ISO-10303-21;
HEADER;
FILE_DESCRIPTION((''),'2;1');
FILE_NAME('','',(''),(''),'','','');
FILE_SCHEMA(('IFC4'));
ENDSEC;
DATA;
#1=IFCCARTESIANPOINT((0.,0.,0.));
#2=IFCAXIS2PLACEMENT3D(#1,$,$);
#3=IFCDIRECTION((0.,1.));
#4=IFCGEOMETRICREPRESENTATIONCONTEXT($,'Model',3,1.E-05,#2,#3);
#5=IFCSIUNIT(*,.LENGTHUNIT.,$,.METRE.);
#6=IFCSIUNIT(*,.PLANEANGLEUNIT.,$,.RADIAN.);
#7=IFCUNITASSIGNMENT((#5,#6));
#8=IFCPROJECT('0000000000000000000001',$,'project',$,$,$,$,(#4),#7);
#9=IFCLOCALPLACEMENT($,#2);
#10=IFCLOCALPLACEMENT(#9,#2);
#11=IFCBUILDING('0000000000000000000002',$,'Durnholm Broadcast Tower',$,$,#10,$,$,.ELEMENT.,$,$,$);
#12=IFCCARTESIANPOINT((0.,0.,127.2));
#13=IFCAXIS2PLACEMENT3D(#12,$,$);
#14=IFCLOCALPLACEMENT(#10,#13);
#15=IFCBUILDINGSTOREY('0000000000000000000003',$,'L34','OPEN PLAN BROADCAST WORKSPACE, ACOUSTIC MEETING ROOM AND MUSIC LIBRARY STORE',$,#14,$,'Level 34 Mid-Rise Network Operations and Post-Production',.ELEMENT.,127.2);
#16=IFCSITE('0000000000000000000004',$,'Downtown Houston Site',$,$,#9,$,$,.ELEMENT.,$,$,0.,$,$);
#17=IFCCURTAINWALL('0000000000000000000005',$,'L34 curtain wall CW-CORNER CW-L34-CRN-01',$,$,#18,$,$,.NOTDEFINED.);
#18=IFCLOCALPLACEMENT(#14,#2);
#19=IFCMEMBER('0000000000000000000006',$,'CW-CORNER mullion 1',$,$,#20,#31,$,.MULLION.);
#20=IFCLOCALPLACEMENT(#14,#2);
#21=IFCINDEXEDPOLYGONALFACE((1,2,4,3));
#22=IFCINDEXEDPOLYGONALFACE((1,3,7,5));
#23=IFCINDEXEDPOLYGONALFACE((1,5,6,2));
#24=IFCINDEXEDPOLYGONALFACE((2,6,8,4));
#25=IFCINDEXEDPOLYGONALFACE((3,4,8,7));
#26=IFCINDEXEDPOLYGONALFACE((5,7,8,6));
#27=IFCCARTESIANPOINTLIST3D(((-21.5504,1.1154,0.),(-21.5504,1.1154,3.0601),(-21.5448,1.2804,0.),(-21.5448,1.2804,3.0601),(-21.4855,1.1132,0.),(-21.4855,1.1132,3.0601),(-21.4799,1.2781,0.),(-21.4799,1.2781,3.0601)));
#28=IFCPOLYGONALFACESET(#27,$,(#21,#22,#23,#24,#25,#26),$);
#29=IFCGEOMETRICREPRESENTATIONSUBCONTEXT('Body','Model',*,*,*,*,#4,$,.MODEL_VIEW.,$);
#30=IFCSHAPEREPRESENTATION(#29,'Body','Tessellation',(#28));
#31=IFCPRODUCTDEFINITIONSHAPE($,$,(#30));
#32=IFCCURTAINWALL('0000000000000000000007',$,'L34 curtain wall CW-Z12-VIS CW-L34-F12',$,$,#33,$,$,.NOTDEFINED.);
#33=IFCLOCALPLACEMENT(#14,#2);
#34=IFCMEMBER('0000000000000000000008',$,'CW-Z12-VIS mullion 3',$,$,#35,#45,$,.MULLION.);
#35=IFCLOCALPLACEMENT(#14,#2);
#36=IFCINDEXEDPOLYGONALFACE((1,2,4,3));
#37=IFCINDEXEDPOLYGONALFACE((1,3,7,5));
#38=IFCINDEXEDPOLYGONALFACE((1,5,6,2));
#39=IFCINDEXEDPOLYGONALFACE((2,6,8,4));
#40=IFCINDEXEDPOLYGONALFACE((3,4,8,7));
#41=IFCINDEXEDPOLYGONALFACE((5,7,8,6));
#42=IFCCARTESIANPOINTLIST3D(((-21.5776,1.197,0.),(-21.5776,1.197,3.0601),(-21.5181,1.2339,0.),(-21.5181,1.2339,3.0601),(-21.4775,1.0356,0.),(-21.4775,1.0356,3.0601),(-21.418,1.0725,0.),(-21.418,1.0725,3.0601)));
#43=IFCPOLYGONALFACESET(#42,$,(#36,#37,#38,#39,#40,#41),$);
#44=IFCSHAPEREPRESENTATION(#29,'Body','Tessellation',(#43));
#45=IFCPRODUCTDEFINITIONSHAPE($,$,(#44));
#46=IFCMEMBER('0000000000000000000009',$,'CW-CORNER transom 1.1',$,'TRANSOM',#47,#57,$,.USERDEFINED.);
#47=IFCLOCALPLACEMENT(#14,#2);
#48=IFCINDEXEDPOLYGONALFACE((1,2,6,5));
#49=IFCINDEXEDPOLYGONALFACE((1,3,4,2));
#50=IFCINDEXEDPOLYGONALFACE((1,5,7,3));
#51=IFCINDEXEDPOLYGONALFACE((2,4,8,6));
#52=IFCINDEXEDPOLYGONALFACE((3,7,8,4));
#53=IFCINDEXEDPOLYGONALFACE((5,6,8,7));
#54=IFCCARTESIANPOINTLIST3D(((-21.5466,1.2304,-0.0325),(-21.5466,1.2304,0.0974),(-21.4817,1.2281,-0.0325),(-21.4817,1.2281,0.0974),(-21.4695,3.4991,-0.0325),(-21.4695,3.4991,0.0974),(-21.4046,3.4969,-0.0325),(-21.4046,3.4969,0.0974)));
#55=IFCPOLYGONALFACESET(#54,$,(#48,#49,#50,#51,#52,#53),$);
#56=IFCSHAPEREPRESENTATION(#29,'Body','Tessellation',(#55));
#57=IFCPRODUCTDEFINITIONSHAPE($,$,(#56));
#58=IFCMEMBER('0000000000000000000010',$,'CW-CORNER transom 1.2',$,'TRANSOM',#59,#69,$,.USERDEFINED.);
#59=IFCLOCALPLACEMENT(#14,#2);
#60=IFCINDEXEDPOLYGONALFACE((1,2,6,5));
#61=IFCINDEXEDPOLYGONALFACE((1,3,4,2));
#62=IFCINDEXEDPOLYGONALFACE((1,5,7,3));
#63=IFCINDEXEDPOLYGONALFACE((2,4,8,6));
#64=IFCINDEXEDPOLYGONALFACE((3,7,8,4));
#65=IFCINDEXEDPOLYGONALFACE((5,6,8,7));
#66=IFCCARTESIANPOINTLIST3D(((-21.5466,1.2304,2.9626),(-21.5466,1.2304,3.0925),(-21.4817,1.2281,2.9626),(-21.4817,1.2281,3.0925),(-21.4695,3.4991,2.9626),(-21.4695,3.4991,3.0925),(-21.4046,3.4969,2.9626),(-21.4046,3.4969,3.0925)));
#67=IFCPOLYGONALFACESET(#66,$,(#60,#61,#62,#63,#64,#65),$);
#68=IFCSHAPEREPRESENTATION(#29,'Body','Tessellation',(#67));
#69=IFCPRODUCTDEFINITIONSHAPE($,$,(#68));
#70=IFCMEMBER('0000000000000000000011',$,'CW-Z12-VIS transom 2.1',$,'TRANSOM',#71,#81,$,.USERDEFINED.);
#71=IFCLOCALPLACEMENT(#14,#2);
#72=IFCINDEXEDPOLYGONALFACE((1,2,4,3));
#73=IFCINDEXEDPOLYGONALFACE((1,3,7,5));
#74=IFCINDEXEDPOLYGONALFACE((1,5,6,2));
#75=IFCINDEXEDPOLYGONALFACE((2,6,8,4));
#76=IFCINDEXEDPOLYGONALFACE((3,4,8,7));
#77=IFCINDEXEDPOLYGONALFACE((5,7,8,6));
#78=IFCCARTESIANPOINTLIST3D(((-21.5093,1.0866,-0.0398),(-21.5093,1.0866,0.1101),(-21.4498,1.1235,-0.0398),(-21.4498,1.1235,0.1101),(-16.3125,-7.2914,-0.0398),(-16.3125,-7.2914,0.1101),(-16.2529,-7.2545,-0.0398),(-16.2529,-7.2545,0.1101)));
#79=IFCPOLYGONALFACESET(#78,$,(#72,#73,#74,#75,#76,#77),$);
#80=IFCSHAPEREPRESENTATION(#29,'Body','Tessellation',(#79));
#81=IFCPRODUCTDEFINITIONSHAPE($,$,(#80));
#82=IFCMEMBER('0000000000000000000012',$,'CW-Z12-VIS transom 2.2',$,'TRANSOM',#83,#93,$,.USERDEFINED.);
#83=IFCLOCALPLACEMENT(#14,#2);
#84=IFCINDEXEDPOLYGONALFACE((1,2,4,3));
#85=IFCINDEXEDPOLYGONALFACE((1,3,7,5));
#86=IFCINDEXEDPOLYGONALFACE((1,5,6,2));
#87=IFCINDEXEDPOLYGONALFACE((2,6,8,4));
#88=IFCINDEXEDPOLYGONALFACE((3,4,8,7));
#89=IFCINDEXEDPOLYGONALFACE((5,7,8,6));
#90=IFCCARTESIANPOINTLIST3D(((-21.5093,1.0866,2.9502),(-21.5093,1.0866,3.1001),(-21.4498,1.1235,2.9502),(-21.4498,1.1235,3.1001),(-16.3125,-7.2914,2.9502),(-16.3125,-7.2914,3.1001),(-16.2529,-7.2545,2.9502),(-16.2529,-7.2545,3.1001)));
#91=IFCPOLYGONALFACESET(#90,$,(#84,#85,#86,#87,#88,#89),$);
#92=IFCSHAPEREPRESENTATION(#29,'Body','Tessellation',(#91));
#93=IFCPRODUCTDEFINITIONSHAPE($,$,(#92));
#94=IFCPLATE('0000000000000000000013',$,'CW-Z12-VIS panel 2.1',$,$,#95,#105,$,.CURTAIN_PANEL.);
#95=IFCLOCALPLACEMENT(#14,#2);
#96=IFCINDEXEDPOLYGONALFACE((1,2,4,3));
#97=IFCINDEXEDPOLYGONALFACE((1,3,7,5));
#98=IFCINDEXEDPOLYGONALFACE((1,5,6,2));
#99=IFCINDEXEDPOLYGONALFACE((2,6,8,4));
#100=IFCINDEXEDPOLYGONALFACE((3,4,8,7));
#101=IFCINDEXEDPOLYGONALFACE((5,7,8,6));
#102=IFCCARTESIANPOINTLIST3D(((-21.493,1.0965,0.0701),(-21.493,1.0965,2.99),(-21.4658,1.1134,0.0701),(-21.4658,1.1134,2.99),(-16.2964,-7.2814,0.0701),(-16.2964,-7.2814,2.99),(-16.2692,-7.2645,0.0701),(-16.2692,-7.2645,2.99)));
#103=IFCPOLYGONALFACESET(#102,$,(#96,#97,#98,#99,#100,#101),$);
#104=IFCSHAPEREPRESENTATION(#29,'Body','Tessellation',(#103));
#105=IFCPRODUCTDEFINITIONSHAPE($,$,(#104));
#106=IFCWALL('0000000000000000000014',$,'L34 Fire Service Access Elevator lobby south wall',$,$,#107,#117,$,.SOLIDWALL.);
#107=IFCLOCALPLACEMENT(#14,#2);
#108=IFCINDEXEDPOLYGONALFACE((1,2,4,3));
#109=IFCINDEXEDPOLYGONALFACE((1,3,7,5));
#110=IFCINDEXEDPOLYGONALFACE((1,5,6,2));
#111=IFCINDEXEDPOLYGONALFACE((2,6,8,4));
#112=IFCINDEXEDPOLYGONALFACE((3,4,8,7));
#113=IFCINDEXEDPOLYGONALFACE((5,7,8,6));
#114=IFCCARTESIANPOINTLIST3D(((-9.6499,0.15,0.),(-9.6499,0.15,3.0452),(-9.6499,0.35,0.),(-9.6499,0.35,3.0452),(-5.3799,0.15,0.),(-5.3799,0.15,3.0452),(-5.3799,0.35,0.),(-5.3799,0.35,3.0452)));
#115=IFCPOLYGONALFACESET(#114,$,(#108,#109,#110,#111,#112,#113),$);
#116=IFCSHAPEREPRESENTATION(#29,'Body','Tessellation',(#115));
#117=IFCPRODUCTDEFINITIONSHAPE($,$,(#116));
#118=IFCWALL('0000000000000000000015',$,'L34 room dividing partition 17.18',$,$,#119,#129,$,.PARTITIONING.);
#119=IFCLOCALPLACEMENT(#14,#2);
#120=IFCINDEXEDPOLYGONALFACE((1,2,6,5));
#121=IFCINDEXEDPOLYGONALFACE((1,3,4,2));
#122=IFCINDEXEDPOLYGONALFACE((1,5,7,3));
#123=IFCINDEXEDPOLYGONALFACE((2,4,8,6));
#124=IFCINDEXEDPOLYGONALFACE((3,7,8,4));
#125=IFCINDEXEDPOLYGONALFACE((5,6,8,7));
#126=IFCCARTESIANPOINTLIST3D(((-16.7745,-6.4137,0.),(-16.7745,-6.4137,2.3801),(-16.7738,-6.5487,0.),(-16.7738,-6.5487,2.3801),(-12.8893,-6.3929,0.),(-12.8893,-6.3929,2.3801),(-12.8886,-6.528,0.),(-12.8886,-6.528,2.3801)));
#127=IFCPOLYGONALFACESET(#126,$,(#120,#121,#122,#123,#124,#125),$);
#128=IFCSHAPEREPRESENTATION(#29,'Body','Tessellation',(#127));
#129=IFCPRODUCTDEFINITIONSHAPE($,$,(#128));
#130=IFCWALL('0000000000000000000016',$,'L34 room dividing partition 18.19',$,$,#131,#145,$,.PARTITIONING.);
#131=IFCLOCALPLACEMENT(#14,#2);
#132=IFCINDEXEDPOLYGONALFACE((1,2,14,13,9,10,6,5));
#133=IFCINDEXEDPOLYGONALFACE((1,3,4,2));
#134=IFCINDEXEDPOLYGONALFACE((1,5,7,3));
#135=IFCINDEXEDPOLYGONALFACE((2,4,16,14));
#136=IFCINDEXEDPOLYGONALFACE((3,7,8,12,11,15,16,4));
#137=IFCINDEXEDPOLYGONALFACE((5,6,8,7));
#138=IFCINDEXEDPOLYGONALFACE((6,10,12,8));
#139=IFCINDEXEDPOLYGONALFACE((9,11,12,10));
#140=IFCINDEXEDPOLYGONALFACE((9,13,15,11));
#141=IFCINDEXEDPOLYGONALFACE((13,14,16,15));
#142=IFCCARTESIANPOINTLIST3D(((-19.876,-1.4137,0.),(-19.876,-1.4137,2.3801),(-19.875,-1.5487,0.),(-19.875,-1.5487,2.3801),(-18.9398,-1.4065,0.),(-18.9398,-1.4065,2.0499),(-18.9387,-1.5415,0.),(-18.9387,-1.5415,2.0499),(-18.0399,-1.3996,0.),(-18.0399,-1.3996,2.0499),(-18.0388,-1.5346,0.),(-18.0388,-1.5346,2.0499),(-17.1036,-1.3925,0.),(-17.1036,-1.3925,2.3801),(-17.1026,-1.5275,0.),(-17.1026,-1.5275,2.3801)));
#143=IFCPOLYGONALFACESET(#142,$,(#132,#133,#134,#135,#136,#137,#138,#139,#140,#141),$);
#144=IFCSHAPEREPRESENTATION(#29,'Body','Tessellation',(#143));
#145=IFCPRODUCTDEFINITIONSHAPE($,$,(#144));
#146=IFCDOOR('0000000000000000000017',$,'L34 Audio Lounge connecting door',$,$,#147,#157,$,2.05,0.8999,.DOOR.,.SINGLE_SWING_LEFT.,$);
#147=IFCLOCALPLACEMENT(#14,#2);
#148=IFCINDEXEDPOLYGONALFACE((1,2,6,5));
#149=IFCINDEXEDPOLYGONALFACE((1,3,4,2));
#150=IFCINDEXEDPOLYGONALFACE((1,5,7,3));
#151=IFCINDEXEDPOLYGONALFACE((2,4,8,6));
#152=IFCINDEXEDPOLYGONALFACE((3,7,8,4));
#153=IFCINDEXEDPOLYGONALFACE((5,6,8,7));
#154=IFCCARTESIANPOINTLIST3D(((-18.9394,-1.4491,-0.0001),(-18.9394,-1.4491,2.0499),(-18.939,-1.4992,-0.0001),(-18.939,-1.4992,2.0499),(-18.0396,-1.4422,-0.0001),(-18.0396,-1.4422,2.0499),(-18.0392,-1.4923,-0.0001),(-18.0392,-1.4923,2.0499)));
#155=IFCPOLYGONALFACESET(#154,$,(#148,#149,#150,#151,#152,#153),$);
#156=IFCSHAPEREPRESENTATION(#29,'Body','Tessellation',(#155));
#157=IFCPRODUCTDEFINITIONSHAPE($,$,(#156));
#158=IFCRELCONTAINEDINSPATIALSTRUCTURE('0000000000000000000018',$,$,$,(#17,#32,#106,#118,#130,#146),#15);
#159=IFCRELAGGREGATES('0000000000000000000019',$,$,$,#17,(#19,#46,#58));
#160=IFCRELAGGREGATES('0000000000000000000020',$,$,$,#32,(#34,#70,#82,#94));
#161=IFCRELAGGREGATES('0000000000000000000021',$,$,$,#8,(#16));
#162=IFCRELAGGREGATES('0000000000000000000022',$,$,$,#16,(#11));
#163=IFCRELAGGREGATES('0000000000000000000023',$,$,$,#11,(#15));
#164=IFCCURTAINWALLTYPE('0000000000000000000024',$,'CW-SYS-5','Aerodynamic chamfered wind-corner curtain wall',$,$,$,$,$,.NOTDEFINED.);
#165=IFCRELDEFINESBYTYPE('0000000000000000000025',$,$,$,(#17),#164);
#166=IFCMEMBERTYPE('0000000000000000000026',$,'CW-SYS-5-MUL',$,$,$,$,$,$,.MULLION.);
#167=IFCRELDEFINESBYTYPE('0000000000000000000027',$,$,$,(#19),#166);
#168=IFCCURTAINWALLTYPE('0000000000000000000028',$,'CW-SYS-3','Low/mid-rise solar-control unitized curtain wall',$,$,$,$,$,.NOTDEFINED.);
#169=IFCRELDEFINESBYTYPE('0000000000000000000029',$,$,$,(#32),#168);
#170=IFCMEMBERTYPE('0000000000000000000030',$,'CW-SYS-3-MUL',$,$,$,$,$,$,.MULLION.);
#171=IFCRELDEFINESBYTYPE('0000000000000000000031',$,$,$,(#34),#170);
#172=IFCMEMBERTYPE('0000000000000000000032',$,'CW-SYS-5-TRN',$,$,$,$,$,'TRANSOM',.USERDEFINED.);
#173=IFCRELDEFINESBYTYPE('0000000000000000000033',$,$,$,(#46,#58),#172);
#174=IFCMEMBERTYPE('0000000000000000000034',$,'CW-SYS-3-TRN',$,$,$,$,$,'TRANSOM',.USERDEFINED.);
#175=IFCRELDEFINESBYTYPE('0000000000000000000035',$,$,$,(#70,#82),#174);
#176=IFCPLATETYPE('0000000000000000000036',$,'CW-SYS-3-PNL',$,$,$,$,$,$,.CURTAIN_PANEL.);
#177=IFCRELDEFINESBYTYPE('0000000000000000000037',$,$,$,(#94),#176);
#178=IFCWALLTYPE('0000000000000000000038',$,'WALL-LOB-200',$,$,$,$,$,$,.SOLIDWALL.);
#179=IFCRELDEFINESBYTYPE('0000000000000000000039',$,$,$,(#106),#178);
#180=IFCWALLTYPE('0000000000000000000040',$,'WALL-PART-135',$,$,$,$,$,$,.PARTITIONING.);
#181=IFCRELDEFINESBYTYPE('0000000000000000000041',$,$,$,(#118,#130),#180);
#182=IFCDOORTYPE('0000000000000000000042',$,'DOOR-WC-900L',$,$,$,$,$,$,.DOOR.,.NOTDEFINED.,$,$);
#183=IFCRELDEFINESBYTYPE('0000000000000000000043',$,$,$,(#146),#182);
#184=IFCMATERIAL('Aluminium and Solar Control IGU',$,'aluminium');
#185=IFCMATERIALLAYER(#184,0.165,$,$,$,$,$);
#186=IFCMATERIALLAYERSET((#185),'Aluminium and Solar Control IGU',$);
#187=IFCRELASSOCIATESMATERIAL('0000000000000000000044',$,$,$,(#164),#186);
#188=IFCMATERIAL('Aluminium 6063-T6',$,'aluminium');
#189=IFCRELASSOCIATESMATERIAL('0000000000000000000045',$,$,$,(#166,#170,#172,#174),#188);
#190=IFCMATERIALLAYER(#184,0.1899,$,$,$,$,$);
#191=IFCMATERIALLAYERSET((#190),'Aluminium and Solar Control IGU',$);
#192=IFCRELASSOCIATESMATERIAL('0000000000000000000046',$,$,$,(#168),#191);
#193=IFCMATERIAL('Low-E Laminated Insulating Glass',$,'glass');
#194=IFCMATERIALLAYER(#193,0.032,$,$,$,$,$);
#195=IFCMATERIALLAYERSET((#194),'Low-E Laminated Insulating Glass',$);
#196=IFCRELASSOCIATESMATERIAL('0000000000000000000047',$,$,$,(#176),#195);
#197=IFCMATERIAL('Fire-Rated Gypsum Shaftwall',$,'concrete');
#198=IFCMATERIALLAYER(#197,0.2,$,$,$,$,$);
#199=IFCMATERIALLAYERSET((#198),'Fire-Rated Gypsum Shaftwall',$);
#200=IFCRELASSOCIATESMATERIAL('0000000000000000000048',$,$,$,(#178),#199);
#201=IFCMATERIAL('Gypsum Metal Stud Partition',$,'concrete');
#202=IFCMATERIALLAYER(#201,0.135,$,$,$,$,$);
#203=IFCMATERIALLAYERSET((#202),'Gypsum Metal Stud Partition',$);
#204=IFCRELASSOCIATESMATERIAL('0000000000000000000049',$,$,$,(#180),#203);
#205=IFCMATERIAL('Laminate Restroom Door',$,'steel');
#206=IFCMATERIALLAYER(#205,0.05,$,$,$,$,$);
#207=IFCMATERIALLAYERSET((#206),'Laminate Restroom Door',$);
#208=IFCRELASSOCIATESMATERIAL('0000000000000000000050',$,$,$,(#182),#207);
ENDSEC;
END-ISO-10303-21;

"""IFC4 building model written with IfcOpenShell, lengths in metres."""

from ifc_helpers import new_model, si_unit, direction, frame, frame_2d, origin, origin_2d, place, context, subcontext, project, spatial, rectangle, extrude, source, transform, mapped, material, layer, layer_set, material_profile, profile_set, type_object, type_shapes, element, fill, aggregate, save


model = new_model("IFC4")

# Units and contexts
model_context = context("Model", 3, precision=1e-05, world=origin(), true_north=direction((0.0, 1.0)))
body_context = subcontext(model_context, "Body", "Model", "MODEL_VIEW")
ifc_project = project(units=[si_unit("LENGTHUNIT", "METRE"), si_unit("PLANEANGLEUNIT", "RADIAN")], contexts=[model_context])

# Site, building, storey
site_placement = place(None, origin())
site = spatial("IfcSite", under=ifc_project, at=site_placement, Name="Downtown Houston Site", CompositionType="ELEMENT", RefElevation=0.0)
building_placement = place(site_placement, origin())
building = spatial("IfcBuilding", under=site, at=building_placement, Name="Durnholm Broadcast Tower", CompositionType="ELEMENT")
storey_placement = place(building_placement, frame((0.0, 0.0, 127.2)))
storey = spatial("IfcBuildingStorey", under=building, at=storey_placement, Name="L34", Description="OPEN PLAN BROADCAST WORKSPACE, ACOUSTIC MEETING ROOM AND MUSIC LIBRARY STORE", LongName="Level 34 Mid-Rise Network Operations and Post-Production", CompositionType="ELEMENT", Elevation=127.2)

# Curtain walls, members
ifc_material_1 = material(Name="Aluminium and Solar Control IGU", Category="aluminium")
ifc_layer_1 = layer(ifc_material_1, 0.165)
ifc_layer_set_1 = layer_set([ifc_layer_1], Name="Aluminium and Solar Control IGU")
curtain_wall_type_1 = type_object("IfcCurtainWallType", Name="CW-SYS-5", Description="Aerodynamic chamfered wind-corner curtain wall", PredefinedType="NOTDEFINED", material=ifc_layer_set_1)
curtain_wall_1_placement = place(storey_placement, origin())
curtain_wall_1 = element("IfcCurtainWall", 1, at=curtain_wall_1_placement, inside=storey, type_object=curtain_wall_type_1, Name="L34 curtain wall CW-CORNER CW-L34-CRN-01", PredefinedType="NOTDEFINED")
ifc_material_2 = material(Name="Aluminium 6063-T6", Category="aluminium")
ifc_material_profile_1 = material_profile(ifc_material_2, rectangle(XDim=0.0649, YDim=0.165, at=origin_2d()), Name="CWM65X165")
ifc_profile_set_1 = profile_set([ifc_material_profile_1], Name="Aluminium 6063-T6")
member_type_1 = type_object("IfcMemberType", Name="CW-SYS-5-MUL", PredefinedType="MULLION", material=ifc_profile_set_1)
shared_shape_1 = source(origin(), body_context, "Body", "SweptSolid", [
    extrude(rectangle(XDim=0.0649, YDim=0.165, at=origin_2d()), origin(), (0.0, 0.0, 1.0), 3.0601),
])
type_shapes(member_type_1, [shared_shape_1])
member_1_placement = place(storey_placement, frame((-21.5151, 1.1968, 0.0), z_axis=(0.0, 0.0, 1.0), x_axis=(-0.999425, 0.033917, 0.0)))
member_1 = element("IfcMember", 2, at=member_1_placement, type_object=member_type_1, Name="CW-CORNER mullion 1", PredefinedType="MULLION", context=body_context, shape_type="MappedRepresentation", body=[
    mapped(shared_shape_1, transform((0.0, 0.0, 0.0), x_axis=(1.0, 0.0, 0.0), y_axis=(0.0, 1.0, 0.0), z_axis=(0.0, 0.0, 1.0), scale=1.0)),
])
ifc_layer_2 = layer(ifc_material_1, 0.1899)
ifc_layer_set_2 = layer_set([ifc_layer_2], Name="Aluminium and Solar Control IGU")
curtain_wall_type_2 = type_object("IfcCurtainWallType", Name="CW-SYS-3", Description="Low/mid-rise solar-control unitized curtain wall", PredefinedType="NOTDEFINED", material=ifc_layer_set_2)
curtain_wall_2_placement = place(storey_placement, origin())
curtain_wall_2 = element("IfcCurtainWall", 3, at=curtain_wall_2_placement, inside=storey, type_object=curtain_wall_type_2, Name="L34 curtain wall CW-Z12-VIS CW-L34-F12", PredefinedType="NOTDEFINED")
ifc_material_profile_2 = material_profile(ifc_material_2, rectangle(XDim=0.0701, YDim=0.1899, at=origin_2d()), Name="CWM70X190")
ifc_profile_set_2 = profile_set([ifc_material_profile_2], Name="Aluminium 6063-T6")
member_type_2 = type_object("IfcMemberType", Name="CW-SYS-3-MUL", PredefinedType="MULLION", material=ifc_profile_set_2)
shared_shape_2 = source(origin(), body_context, "Body", "SweptSolid", [
    extrude(rectangle(XDim=0.0701, YDim=0.1899, at=origin_2d()), origin(), (0.0, 0.0, 1.0), 3.0601),
])
type_shapes(member_type_2, [shared_shape_2])
member_2_placement = place(storey_placement, frame((-21.4978, 1.1348, 0.0), z_axis=(0.0, 0.0, 1.0), x_axis=(-0.8498, -0.527105, 0.0)))
member_2 = element("IfcMember", 4, at=member_2_placement, type_object=member_type_2, Name="CW-Z12-VIS mullion 3", PredefinedType="MULLION", context=body_context, shape_type="MappedRepresentation", body=[
    mapped(shared_shape_2, transform((0.0, 0.0, 0.0), x_axis=(1.0, 0.0, 0.0), y_axis=(0.0, 1.0, 0.0), z_axis=(0.0, 0.0, 1.0), scale=1.0)),
])

# Members
ifc_material_profile_3 = material_profile(ifc_material_2, rectangle(XDim=0.0649, YDim=0.1299, at=origin_2d()), Name="CWT65X130")
ifc_profile_set_3 = profile_set([ifc_material_profile_3], Name="Aluminium 6063-T6")
member_type_3 = type_object("IfcMemberType", Name="CW-SYS-5-TRN", ElementType="TRANSOM", PredefinedType="USERDEFINED", material=ifc_profile_set_3)
shared_shape_3 = source(origin(), body_context, "Body", "SweptSolid", [
    extrude(rectangle(XDim=0.0649, YDim=0.1299, at=origin_2d()), origin(), (0.0, 0.0, 1.0), 2.27),
])
type_shapes(member_type_3, [shared_shape_3])
member_3_placement = place(storey_placement, frame((-21.5142, 1.2292, 0.0325), z_axis=(0.033984, 0.999422, 0.0), x_axis=(-0.999422, 0.033984, 0.0)))
member_3 = element("IfcMember", 5, at=member_3_placement, type_object=member_type_3, Name="CW-CORNER transom 1.1", ObjectType="TRANSOM", PredefinedType="USERDEFINED", context=body_context, shape_type="MappedRepresentation", body=[
    mapped(shared_shape_3, transform((0.0, 0.0, 0.0), x_axis=(1.0, 0.0, 0.0), y_axis=(0.0, 1.0, 0.0), z_axis=(0.0, 0.0, 1.0), scale=1.0)),
])
member_4_placement = place(storey_placement, frame((-21.5142, 1.2292, 3.0276), z_axis=(0.033984, 0.999422, 0.0), x_axis=(-0.999422, 0.033984, 0.0)))
member_4 = element("IfcMember", 6, at=member_4_placement, type_object=member_type_3, Name="CW-CORNER transom 1.2", ObjectType="TRANSOM", PredefinedType="USERDEFINED", context=body_context, shape_type="MappedRepresentation", body=[
    mapped(shared_shape_3, transform((0.0, 0.0, 0.0), x_axis=(1.0, 0.0, 0.0), y_axis=(0.0, 1.0, 0.0), z_axis=(0.0, 0.0, 1.0), scale=1.0)),
])
aggregate(curtain_wall_1, [member_1, member_3, member_4])
ifc_material_profile_4 = material_profile(ifc_material_2, rectangle(XDim=0.0701, YDim=0.1499, at=origin_2d()), Name="CWT70X150")
ifc_profile_set_4 = profile_set([ifc_material_profile_4], Name="Aluminium 6063-T6")
member_type_4 = type_object("IfcMemberType", Name="CW-SYS-3-TRN", ElementType="TRANSOM", PredefinedType="USERDEFINED", material=ifc_profile_set_4)
shared_shape_4 = source(origin(), body_context, "Body", "SweptSolid", [
    extrude(rectangle(XDim=0.0701, YDim=0.1499, at=origin_2d()), origin(), (0.0, 0.0, 1.0), 9.8589),
])
type_shapes(member_type_4, [shared_shape_4])
member_5_placement = place(storey_placement, frame((-16.2827, -7.2729, 0.0352), z_axis=(-0.52712, 0.849791, 0.0), x_axis=(-0.849791, -0.52712, 0.0)))
member_5 = element("IfcMember", 7, at=member_5_placement, type_object=member_type_4, Name="CW-Z12-VIS transom 2.1", ObjectType="TRANSOM", PredefinedType="USERDEFINED", context=body_context, shape_type="MappedRepresentation", body=[
    mapped(shared_shape_4, transform((0.0, 0.0, 0.0), x_axis=(1.0, 0.0, 0.0), y_axis=(0.0, 1.0, 0.0), z_axis=(0.0, 0.0, 1.0), scale=1.0)),
])
member_6_placement = place(storey_placement, frame((-16.2827, -7.2729, 3.0251), z_axis=(-0.52712, 0.849791, 0.0), x_axis=(-0.849791, -0.52712, 0.0)))
member_6 = element("IfcMember", 8, at=member_6_placement, type_object=member_type_4, Name="CW-Z12-VIS transom 2.2", ObjectType="TRANSOM", PredefinedType="USERDEFINED", context=body_context, shape_type="MappedRepresentation", body=[
    mapped(shared_shape_4, transform((0.0, 0.0, 0.0), x_axis=(1.0, 0.0, 0.0), y_axis=(0.0, 1.0, 0.0), z_axis=(0.0, 0.0, 1.0), scale=1.0)),
])

# Plate
ifc_material_3 = material(Name="Low-E Laminated Insulating Glass", Category="glass")
ifc_layer_3 = layer(ifc_material_3, 0.032)
ifc_layer_set_3 = layer_set([ifc_layer_3], Name="Low-E Laminated Insulating Glass")
plate_type = type_object("IfcPlateType", Name="CW-SYS-3-PNL", PredefinedType="CURTAIN_PANEL", material=ifc_layer_set_3)
shared_shape_5 = source(origin(), body_context, "Body", "SweptSolid", [
    extrude(rectangle(XDim=9.8586, YDim=0.032, at=origin_2d()), origin(), (0.0, 0.0, 1.0), 2.9199),
])
type_shapes(plate_type, [shared_shape_5])
plate_placement = place(storey_placement, frame((-18.8811, -3.084, 0.0701), z_axis=(0.0, 0.0, 1.0), x_axis=(-0.527105, 0.8498, 0.0)))
plate = element("IfcPlate", 9, at=plate_placement, type_object=plate_type, Name="CW-Z12-VIS panel 2.1", PredefinedType="CURTAIN_PANEL", context=body_context, shape_type="MappedRepresentation", body=[
    mapped(shared_shape_5, transform((0.0, 0.0, 0.0), x_axis=(1.0, 0.0, 0.0), y_axis=(0.0, 1.0, 0.0), z_axis=(0.0, 0.0, 1.0), scale=1.0)),
])
aggregate(curtain_wall_2, [member_2, member_5, member_6, plate])

# Walls
ifc_material_4 = material(Name="Fire-Rated Gypsum Shaftwall", Category="concrete")
ifc_layer_4 = layer(ifc_material_4, 0.2)
ifc_layer_set_4 = layer_set([ifc_layer_4], Name="Fire-Rated Gypsum Shaftwall")
wall_type_1 = type_object("IfcWallType", Name="WALL-LOB-200", PredefinedType="SOLIDWALL", material=ifc_layer_set_4)
wall_1_placement = place(storey_placement, frame((-9.6499, 0.25, 0.0), z_axis=(0.0, 0.0, 1.0), x_axis=(1.0, 0.0, 0.0)))
element("IfcWall", 10, at=wall_1_placement, inside=storey, type_object=wall_type_1, Name="L34 Fire Service Access Elevator lobby south wall", PredefinedType="SOLIDWALL", context=body_context, shape_type="SweptSolid", body=[
    extrude(rectangle(XDim=4.27, YDim=0.2, at=frame_2d((2.135, 0.0))), origin(), (0.0, 0.0, 1.0), 3.0452),
])
ifc_material_5 = material(Name="Gypsum Metal Stud Partition", Category="concrete")
ifc_layer_5 = layer(ifc_material_5, 0.135)
ifc_layer_set_5 = layer_set([ifc_layer_5], Name="Gypsum Metal Stud Partition")
wall_type_2 = type_object("IfcWallType", Name="WALL-PART-135", PredefinedType="PARTITIONING", material=ifc_layer_set_5)
wall_2_placement = place(storey_placement, frame((-16.7742, -6.4812, 0.0), z_axis=(0.0, 0.0, 1.0), x_axis=(0.999986, 0.005341, 0.0)))
element("IfcWall", 11, at=wall_2_placement, inside=storey, type_object=wall_type_2, Name="L34 room dividing partition 17.18", PredefinedType="PARTITIONING", context=body_context, shape_type="SweptSolid", body=[
    extrude(rectangle(XDim=3.8853, YDim=0.135, at=frame_2d((1.9426, 0.0))), origin(), (0.0, 0.0, 1.0), 2.3801),
])

# Wall, opening, door
wall_3_placement = place(storey_placement, frame((-19.8755, -1.4812, 0.0), z_axis=(0.0, 0.0, 1.0), x_axis=(0.999971, 0.007661, 0.0)))
wall_3 = element("IfcWall", 12, at=wall_3_placement, inside=storey, type_object=wall_type_2, Name="L34 room dividing partition 18.19", PredefinedType="PARTITIONING", context=body_context, shape_type="SweptSolid", body=[
    extrude(rectangle(XDim=2.7725, YDim=0.135, at=frame_2d((1.3862, 0.0))), origin(), (0.0, 0.0, 1.0), 2.3801),
])
opening_1_placement = place(wall_3_placement, frame((0.9363, 0.0, 0.0)))
opening_1 = element("IfcOpeningElement", 13, at=opening_1_placement, cuts=wall_3, PredefinedType="OPENING", context=body_context, shape_type="SweptSolid", body=[
    extrude(rectangle(XDim=0.8999, YDim=2.05, at=frame_2d((0.45, 1.0249))), frame((0.0, 0.0776, 0.0), z_axis=(0.0, -1.0, 0.0), x_axis=(1.0, 0.0, 0.0)), (0.0, 0.0, 1.0), 0.155),
])
ifc_material_6 = material(Name="Laminate Restroom Door", Category="steel")
ifc_layer_6 = layer(ifc_material_6, 0.05)
ifc_layer_set_6 = layer_set([ifc_layer_6], Name="Laminate Restroom Door")
door_type_1 = type_object("IfcDoorType", Name="DOOR-WC-900L", OperationType="NOTDEFINED", PredefinedType="DOOR", material=ifc_layer_set_6)
shared_shape_6 = source(origin(), body_context, "Body", "SweptSolid", [
    extrude(rectangle(XDim=0.8999, YDim=2.05, at=frame_2d((0.45, 1.0249))), frame((0.0, 0.0249, 0.0), z_axis=(0.0, -1.0, 0.0), x_axis=(1.0, 0.0, 0.0)), (0.0, 0.0, 1.0), 0.05),
])
type_shapes(door_type_1, [shared_shape_6])
door_1_placement = place(opening_1_placement, origin())
door_1 = element("IfcDoor", 14, at=door_1_placement, inside=storey, type_object=door_type_1, Name="L34 Audio Lounge connecting door", OperationType="SINGLE_SWING_LEFT", OverallHeight=2.05, OverallWidth=0.8999, PredefinedType="DOOR", context=body_context, shape_type="MappedRepresentation", body=[
    mapped(shared_shape_6, transform((0.0, 0.0, 0.0), x_axis=(1.0, 0.0, 0.0), y_axis=(0.0, 1.0, 0.0), z_axis=(0.0, 0.0, 1.0), scale=1.0)),
])
fill(opening_1, door_1)

save(model, "model.ifc")
